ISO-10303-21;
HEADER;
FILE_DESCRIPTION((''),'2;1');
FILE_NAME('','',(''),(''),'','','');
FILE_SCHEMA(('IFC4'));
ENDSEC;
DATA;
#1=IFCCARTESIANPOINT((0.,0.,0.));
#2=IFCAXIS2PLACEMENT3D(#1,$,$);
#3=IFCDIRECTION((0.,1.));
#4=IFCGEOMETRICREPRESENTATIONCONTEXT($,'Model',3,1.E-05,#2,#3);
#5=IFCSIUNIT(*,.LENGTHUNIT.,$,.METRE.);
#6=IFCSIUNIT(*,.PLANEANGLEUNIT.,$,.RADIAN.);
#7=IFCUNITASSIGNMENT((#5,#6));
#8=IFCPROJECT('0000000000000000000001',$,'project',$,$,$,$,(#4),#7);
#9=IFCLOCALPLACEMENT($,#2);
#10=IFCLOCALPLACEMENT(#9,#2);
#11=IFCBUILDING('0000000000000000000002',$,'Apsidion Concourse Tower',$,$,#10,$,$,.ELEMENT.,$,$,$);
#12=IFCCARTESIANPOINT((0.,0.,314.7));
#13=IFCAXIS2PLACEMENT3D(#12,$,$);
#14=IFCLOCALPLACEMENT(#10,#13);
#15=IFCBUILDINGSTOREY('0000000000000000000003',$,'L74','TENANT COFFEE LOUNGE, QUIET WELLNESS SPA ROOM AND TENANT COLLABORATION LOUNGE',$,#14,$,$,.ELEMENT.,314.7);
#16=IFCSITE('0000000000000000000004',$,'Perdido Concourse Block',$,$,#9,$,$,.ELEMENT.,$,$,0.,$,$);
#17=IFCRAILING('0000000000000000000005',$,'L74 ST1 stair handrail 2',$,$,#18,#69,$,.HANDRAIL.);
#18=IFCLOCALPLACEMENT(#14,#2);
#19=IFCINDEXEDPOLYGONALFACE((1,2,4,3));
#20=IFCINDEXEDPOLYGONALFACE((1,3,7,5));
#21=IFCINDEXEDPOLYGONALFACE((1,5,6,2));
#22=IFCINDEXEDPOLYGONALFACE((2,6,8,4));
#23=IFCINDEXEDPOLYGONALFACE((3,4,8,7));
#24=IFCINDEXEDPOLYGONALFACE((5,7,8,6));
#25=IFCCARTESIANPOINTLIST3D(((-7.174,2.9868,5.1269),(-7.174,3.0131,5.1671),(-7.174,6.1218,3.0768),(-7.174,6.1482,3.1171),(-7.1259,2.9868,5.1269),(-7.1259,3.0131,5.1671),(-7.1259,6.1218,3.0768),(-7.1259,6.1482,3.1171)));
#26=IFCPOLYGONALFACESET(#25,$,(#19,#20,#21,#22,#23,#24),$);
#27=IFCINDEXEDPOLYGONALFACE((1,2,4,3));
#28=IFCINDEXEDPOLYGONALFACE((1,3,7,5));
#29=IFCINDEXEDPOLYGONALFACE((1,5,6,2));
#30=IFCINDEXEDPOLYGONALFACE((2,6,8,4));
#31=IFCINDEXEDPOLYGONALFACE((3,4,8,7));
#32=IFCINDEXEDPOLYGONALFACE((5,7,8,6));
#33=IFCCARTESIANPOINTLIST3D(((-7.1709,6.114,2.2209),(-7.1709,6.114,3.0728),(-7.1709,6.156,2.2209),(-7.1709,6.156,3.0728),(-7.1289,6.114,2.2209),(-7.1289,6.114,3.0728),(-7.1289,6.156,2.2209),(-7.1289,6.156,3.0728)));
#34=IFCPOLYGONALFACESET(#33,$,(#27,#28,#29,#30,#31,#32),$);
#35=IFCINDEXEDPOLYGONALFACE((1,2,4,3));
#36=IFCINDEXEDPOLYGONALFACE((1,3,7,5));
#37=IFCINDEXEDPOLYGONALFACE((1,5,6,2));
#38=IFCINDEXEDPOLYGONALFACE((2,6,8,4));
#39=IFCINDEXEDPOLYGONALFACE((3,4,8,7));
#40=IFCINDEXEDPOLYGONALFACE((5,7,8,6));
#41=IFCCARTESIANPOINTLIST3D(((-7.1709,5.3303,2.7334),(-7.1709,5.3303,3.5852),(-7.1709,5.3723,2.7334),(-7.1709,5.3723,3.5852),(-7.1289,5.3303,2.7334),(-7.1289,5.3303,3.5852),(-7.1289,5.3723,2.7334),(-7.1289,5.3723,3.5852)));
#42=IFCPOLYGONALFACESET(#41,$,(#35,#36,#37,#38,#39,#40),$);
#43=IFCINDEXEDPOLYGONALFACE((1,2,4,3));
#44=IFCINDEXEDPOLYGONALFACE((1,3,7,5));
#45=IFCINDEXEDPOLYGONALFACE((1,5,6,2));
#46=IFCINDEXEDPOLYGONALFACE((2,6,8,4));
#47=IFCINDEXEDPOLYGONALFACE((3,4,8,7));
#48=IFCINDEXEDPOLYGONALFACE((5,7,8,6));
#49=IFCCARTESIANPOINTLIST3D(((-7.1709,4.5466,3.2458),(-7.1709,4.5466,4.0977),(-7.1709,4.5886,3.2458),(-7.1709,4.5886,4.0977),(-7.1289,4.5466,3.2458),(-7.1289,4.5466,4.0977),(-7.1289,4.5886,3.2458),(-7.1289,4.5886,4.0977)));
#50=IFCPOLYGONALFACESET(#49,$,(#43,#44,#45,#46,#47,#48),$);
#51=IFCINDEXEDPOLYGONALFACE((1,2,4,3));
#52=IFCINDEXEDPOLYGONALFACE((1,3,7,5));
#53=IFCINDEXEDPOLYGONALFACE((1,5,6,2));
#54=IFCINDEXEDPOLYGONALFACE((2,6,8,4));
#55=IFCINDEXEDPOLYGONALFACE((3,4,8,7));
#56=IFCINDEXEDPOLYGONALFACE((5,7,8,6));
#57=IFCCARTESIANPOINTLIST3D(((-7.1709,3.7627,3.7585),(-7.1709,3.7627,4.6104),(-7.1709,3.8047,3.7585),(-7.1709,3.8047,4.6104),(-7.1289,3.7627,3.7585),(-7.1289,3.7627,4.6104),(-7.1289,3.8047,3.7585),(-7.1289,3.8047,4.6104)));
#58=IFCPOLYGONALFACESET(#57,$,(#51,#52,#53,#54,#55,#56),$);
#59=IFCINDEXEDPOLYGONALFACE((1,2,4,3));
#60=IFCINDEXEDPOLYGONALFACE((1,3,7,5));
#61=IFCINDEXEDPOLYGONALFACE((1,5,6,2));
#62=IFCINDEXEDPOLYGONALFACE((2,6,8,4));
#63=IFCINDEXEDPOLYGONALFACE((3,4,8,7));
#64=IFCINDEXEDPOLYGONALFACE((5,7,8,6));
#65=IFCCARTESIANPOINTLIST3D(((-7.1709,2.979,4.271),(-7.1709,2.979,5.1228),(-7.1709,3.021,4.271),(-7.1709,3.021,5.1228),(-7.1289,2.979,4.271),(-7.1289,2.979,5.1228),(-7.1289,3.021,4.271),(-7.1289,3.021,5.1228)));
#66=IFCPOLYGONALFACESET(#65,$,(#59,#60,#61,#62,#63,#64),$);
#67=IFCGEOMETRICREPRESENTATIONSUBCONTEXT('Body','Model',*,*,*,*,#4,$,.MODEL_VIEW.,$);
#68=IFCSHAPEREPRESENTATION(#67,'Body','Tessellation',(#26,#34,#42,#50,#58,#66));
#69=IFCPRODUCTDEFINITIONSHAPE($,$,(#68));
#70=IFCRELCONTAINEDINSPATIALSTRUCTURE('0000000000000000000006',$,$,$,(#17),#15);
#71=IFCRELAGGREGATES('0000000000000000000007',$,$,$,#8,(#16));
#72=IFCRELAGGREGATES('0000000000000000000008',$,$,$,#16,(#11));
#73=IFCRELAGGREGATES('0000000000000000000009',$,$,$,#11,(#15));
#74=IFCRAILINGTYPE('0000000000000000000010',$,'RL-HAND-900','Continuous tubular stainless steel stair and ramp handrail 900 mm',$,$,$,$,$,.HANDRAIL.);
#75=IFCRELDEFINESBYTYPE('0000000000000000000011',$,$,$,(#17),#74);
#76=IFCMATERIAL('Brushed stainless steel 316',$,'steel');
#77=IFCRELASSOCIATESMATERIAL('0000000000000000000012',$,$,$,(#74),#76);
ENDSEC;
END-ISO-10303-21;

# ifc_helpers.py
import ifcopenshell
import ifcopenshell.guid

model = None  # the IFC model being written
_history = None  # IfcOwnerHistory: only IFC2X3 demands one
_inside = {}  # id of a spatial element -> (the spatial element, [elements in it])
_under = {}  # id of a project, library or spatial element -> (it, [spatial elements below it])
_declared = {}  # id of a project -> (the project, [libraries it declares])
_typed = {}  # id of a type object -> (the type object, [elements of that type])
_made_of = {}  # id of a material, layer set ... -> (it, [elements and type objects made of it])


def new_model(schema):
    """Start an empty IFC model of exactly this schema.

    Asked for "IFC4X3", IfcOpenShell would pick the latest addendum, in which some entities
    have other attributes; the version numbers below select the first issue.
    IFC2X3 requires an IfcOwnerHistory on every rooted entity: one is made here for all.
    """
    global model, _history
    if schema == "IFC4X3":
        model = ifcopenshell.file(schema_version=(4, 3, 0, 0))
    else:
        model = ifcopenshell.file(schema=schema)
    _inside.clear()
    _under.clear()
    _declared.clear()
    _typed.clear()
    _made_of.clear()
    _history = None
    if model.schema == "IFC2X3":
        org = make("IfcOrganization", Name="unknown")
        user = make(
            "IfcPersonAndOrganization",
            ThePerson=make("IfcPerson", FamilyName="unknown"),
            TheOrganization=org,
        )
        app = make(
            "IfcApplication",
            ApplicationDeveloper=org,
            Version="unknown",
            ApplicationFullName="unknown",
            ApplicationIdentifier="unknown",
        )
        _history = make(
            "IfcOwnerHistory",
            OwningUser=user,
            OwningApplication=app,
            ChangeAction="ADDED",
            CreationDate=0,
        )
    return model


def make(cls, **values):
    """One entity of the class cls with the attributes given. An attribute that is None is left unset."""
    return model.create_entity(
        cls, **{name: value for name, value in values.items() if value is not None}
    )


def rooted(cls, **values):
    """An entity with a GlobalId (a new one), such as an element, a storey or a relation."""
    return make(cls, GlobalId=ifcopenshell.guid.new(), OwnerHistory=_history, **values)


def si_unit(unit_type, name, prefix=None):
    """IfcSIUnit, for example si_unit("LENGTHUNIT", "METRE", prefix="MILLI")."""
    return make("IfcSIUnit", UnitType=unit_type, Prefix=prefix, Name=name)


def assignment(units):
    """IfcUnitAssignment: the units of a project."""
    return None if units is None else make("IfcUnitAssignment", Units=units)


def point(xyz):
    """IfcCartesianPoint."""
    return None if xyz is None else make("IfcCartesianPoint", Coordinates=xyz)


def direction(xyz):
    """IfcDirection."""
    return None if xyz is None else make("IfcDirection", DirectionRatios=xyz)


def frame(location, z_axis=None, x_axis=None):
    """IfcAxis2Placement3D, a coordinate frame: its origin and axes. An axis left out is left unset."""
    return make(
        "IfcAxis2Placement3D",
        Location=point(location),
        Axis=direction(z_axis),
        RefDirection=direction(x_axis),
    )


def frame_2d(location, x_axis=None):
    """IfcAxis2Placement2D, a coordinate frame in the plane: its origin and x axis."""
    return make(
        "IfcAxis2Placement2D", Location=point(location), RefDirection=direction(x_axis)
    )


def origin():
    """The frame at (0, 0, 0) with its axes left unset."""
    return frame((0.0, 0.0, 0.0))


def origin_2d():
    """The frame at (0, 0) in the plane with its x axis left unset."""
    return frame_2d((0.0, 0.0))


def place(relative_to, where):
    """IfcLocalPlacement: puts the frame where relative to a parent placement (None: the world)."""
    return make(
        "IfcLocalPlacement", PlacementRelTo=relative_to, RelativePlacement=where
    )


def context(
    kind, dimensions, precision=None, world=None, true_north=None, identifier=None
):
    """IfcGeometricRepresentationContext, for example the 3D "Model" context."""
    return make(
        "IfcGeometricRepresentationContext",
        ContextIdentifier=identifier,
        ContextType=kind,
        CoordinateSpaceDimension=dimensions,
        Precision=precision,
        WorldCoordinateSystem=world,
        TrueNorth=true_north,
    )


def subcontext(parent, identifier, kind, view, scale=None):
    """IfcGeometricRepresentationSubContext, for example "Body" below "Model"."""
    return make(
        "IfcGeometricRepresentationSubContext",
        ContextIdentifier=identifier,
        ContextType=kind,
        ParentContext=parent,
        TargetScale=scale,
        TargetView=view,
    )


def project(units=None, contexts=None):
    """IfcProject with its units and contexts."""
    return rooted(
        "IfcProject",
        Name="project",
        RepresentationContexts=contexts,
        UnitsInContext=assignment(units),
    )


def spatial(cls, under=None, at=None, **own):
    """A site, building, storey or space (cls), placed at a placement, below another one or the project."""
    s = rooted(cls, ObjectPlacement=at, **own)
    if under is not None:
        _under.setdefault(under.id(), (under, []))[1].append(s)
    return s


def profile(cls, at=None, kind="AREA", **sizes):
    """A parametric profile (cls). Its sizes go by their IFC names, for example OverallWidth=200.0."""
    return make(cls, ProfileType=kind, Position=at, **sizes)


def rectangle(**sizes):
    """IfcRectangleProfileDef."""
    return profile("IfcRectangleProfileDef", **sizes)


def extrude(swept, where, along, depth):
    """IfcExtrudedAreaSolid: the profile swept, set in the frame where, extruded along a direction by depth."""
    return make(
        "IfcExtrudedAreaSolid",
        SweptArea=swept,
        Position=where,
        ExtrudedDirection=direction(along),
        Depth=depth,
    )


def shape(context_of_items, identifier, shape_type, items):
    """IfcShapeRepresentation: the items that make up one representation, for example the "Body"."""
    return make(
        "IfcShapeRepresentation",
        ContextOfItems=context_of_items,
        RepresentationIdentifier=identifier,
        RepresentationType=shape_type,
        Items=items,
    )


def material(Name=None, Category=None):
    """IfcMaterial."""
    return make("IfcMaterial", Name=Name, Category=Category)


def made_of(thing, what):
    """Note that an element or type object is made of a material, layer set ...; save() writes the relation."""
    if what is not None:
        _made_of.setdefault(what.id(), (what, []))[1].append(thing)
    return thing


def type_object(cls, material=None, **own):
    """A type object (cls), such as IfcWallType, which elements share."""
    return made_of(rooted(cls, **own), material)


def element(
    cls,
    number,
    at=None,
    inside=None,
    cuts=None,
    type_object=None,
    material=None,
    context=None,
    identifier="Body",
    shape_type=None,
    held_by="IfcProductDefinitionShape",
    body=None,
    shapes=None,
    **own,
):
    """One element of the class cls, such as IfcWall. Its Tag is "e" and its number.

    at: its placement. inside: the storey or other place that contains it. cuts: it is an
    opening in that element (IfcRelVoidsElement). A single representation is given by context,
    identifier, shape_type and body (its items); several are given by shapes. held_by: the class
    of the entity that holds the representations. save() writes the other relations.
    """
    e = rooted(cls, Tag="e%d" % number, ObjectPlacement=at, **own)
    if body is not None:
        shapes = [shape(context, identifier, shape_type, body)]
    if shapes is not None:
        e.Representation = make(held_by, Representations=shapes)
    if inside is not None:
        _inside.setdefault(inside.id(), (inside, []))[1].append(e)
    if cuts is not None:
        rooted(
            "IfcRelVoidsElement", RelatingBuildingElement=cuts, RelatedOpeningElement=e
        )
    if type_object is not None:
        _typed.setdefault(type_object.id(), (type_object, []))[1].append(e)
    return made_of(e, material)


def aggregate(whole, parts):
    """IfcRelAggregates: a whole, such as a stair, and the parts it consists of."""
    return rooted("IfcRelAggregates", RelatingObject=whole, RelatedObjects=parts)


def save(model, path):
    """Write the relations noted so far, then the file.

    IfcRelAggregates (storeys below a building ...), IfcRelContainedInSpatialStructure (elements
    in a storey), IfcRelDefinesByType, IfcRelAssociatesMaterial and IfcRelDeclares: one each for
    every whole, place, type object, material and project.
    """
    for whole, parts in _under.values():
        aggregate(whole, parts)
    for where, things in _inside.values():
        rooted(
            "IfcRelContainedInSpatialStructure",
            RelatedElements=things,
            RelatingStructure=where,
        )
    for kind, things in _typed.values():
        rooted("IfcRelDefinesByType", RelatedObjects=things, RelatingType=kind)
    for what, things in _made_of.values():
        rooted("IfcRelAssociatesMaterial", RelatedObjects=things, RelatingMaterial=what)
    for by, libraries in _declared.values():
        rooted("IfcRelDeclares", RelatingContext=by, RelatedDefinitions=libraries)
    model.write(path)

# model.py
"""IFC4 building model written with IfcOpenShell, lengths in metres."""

from ifc_helpers import new_model, si_unit, direction, frame, origin, origin_2d, place, context, subcontext, project, spatial, rectangle, extrude, material, type_object, element, save


model = new_model("IFC4")

# Units and contexts
model_context = context("Model", 3, precision=1e-05, world=origin(), true_north=direction((0.0, 1.0)))
body_context = subcontext(model_context, "Body", "Model", "MODEL_VIEW")
ifc_project = project(units=[si_unit("LENGTHUNIT", "METRE"), si_unit("PLANEANGLEUNIT", "RADIAN")], contexts=[model_context])

# Site, building, storey
site_placement = place(None, origin())
site = spatial("IfcSite", under=ifc_project, at=site_placement, Name="Perdido Concourse Block", CompositionType="ELEMENT", RefElevation=0.0)
building_placement = place(site_placement, origin())
building = spatial("IfcBuilding", under=site, at=building_placement, Name="Apsidion Concourse Tower", CompositionType="ELEMENT")
storey_placement = place(building_placement, frame((0.0, 0.0, 314.7)))
storey = spatial("IfcBuildingStorey", under=building, at=storey_placement, Name="L74", Description="TENANT COFFEE LOUNGE, QUIET WELLNESS SPA ROOM AND TENANT COLLABORATION LOUNGE", CompositionType="ELEMENT", Elevation=314.7)

# Shared definitions
ifc_material_1 = material(Name="Brushed stainless steel 316", Category="steel")

# Railing
railing_type = type_object("IfcRailingType", Name="RL-HAND-900", Description="Continuous tubular stainless steel stair and ramp handrail 900 mm", PredefinedType="HANDRAIL", material=ifc_material_1)
railing_placement = place(storey_placement, frame((-7.1499, 6.135, 2.2209)))
element("IfcRailing", 1, at=railing_placement, inside=storey, type_object=railing_type, Name="L74 ST1 stair handrail 2", PredefinedType="HANDRAIL", context=body_context, shape_type="SweptSolid", body=[
    extrude(rectangle(XDim=0.0481, YDim=0.0481, at=origin_2d()), frame((0.0, 0.0, 0.876), z_axis=(0.0, -0.836941, 0.547293), x_axis=(1.0, 0.0, 0.0)), (0.0, 0.0, 1.0), 3.7458),
    extrude(rectangle(XDim=0.042, YDim=0.042, at=origin_2d()), origin(), (0.0, 0.0, 1.0), 0.8518),
    extrude(rectangle(XDim=0.042, YDim=0.042, at=origin_2d()), frame((0.0, -0.7837, 0.5125)), (0.0, 0.0, 1.0), 0.8518),
    extrude(rectangle(XDim=0.042, YDim=0.042, at=origin_2d()), frame((0.0, -1.5674, 1.0249)), (0.0, 0.0, 1.0), 0.8518),
    extrude(rectangle(XDim=0.042, YDim=0.042, at=origin_2d()), frame((0.0, -2.3513, 1.5376)), (0.0, 0.0, 1.0), 0.8518),
    extrude(rectangle(XDim=0.042, YDim=0.042, at=origin_2d()), frame((0.0, -3.135, 2.05)), (0.0, 0.0, 1.0), 0.8518),
])

save(model, "model.ifc")
